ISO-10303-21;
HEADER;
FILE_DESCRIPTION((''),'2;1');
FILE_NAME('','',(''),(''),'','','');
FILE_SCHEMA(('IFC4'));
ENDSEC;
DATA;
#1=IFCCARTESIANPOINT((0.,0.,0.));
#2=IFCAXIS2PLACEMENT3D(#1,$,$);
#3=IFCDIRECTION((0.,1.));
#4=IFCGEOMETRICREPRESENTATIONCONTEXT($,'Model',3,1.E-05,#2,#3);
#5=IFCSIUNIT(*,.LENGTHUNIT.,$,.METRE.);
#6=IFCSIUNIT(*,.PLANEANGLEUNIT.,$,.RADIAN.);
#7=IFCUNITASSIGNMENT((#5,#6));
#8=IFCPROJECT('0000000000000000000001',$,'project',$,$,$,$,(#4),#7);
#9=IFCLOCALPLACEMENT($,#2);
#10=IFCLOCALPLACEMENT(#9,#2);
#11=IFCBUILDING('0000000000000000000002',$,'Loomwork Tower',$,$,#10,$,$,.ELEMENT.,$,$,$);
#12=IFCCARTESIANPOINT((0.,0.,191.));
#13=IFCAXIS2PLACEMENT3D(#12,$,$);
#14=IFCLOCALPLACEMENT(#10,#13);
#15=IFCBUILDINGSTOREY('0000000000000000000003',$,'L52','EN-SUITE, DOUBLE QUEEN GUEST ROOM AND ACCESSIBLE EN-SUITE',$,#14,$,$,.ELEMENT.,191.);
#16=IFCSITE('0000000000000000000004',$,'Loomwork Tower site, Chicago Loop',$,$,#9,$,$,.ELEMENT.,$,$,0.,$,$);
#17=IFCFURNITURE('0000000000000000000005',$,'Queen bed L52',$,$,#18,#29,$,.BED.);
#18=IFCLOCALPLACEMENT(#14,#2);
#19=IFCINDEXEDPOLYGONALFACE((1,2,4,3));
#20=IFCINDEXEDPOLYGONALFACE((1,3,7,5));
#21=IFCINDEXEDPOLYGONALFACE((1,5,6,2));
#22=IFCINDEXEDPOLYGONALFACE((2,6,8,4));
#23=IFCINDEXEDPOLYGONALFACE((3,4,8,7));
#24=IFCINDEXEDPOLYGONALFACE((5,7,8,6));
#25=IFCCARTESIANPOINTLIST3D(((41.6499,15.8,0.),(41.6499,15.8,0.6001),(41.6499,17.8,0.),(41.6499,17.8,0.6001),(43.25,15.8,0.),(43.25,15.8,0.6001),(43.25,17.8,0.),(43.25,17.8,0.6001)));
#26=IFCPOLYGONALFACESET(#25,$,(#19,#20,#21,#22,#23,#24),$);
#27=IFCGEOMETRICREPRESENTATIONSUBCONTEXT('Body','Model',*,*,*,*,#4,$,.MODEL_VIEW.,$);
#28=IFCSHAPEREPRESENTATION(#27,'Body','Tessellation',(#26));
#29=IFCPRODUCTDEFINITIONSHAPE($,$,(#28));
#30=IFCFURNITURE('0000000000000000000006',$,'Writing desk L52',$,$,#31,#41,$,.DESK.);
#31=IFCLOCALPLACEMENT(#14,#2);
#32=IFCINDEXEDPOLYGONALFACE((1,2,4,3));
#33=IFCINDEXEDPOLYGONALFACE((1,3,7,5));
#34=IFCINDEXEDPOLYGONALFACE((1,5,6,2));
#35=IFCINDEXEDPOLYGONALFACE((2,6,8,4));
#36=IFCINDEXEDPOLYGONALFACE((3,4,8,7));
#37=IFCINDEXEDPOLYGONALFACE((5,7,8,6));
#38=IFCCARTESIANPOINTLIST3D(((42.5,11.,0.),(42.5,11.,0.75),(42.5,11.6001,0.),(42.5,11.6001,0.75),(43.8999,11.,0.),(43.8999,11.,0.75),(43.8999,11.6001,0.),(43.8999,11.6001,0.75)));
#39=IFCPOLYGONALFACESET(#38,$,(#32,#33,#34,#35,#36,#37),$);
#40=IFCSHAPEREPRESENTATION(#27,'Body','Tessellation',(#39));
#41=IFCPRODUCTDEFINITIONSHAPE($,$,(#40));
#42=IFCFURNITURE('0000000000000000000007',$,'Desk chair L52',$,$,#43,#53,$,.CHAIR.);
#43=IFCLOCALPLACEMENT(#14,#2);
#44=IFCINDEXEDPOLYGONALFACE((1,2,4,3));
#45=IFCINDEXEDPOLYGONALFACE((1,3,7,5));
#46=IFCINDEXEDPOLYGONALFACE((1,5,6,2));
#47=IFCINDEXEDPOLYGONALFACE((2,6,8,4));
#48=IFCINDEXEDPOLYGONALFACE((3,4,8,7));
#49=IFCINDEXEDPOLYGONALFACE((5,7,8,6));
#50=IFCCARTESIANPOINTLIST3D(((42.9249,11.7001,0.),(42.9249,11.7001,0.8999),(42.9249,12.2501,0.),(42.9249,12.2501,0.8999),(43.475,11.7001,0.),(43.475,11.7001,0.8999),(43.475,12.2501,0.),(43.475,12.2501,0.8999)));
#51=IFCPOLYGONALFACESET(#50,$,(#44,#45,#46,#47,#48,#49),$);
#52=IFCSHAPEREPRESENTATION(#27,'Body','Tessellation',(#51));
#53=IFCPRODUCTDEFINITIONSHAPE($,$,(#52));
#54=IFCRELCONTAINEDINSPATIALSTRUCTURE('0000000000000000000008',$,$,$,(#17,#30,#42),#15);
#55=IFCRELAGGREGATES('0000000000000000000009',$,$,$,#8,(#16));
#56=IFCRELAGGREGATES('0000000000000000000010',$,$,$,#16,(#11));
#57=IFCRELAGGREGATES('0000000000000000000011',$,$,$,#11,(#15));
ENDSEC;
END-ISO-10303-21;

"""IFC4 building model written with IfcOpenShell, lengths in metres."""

from ifc_helpers import new_model, si_unit, direction, frame, origin, origin_2d, place, context, subcontext, project, spatial, rectangle, extrude, element, save


model = new_model("IFC4")

# Units and contexts
model_context = context("Model", 3, precision=1e-05, world=origin(), true_north=direction((0.0, 1.0)))
body_context = subcontext(model_context, "Body", "Model", "MODEL_VIEW")
ifc_project = project(units=[si_unit("LENGTHUNIT", "METRE"), si_unit("PLANEANGLEUNIT", "RADIAN")], contexts=[model_context])

# Site, building, storey
site_placement = place(None, origin())
site = spatial("IfcSite", under=ifc_project, at=site_placement, Name="Loomwork Tower site, Chicago Loop", CompositionType="ELEMENT", RefElevation=0.0)
building_placement = place(site_placement, origin())
building = spatial("IfcBuilding", under=site, at=building_placement, Name="Loomwork Tower", CompositionType="ELEMENT")
storey_placement = place(building_placement, frame((0.0, 0.0, 191.0)))
storey = spatial("IfcBuildingStorey", under=building, at=storey_placement, Name="L52", Description="EN-SUITE, DOUBLE QUEEN GUEST ROOM AND ACCESSIBLE EN-SUITE", CompositionType="ELEMENT", Elevation=191.0)

# Furniture
for number, where, z_axis, x_axis, name in (
    (1, (42.45, 16.8, 0.0), (0.0, 0.0, 1.0), (1.0, 0.0, 0.0), "Queen bed L52"),
):
    element("IfcFurniture", number, at=place(storey_placement, frame(where, z_axis=z_axis, x_axis=x_axis)), inside=storey, Name=name, PredefinedType="BED", context=body_context, shape_type="SweptSolid", body=[
        extrude(rectangle(XDim=1.6001, YDim=2.0, at=origin_2d()), origin(), (0.0, 0.0, 1.0), 0.6001),
    ])
furniture_1_placement = place(storey_placement, frame((43.2, 11.3, 0.0), z_axis=(0.0, 0.0, 1.0), x_axis=(1.0, 0.0, 0.0)))
element("IfcFurniture", 2, at=furniture_1_placement, inside=storey, Name="Writing desk L52", PredefinedType="DESK", context=body_context, shape_type="SweptSolid", body=[
    extrude(rectangle(XDim=1.3999, YDim=0.6001, at=origin_2d()), origin(), (0.0, 0.0, 1.0), 0.75),
])
furniture_2_placement = place(storey_placement, frame((43.2, 11.9751, 0.0), z_axis=(0.0, 0.0, 1.0), x_axis=(1.0, 0.0, 0.0)))
element("IfcFurniture", 3, at=furniture_2_placement, inside=storey, Name="Desk chair L52", PredefinedType="CHAIR", context=body_context, shape_type="SweptSolid", body=[
    extrude(rectangle(XDim=0.55, YDim=0.55, at=origin_2d()), origin(), (0.0, 0.0, 1.0), 0.8999),
])

save(model, "model.ifc")
